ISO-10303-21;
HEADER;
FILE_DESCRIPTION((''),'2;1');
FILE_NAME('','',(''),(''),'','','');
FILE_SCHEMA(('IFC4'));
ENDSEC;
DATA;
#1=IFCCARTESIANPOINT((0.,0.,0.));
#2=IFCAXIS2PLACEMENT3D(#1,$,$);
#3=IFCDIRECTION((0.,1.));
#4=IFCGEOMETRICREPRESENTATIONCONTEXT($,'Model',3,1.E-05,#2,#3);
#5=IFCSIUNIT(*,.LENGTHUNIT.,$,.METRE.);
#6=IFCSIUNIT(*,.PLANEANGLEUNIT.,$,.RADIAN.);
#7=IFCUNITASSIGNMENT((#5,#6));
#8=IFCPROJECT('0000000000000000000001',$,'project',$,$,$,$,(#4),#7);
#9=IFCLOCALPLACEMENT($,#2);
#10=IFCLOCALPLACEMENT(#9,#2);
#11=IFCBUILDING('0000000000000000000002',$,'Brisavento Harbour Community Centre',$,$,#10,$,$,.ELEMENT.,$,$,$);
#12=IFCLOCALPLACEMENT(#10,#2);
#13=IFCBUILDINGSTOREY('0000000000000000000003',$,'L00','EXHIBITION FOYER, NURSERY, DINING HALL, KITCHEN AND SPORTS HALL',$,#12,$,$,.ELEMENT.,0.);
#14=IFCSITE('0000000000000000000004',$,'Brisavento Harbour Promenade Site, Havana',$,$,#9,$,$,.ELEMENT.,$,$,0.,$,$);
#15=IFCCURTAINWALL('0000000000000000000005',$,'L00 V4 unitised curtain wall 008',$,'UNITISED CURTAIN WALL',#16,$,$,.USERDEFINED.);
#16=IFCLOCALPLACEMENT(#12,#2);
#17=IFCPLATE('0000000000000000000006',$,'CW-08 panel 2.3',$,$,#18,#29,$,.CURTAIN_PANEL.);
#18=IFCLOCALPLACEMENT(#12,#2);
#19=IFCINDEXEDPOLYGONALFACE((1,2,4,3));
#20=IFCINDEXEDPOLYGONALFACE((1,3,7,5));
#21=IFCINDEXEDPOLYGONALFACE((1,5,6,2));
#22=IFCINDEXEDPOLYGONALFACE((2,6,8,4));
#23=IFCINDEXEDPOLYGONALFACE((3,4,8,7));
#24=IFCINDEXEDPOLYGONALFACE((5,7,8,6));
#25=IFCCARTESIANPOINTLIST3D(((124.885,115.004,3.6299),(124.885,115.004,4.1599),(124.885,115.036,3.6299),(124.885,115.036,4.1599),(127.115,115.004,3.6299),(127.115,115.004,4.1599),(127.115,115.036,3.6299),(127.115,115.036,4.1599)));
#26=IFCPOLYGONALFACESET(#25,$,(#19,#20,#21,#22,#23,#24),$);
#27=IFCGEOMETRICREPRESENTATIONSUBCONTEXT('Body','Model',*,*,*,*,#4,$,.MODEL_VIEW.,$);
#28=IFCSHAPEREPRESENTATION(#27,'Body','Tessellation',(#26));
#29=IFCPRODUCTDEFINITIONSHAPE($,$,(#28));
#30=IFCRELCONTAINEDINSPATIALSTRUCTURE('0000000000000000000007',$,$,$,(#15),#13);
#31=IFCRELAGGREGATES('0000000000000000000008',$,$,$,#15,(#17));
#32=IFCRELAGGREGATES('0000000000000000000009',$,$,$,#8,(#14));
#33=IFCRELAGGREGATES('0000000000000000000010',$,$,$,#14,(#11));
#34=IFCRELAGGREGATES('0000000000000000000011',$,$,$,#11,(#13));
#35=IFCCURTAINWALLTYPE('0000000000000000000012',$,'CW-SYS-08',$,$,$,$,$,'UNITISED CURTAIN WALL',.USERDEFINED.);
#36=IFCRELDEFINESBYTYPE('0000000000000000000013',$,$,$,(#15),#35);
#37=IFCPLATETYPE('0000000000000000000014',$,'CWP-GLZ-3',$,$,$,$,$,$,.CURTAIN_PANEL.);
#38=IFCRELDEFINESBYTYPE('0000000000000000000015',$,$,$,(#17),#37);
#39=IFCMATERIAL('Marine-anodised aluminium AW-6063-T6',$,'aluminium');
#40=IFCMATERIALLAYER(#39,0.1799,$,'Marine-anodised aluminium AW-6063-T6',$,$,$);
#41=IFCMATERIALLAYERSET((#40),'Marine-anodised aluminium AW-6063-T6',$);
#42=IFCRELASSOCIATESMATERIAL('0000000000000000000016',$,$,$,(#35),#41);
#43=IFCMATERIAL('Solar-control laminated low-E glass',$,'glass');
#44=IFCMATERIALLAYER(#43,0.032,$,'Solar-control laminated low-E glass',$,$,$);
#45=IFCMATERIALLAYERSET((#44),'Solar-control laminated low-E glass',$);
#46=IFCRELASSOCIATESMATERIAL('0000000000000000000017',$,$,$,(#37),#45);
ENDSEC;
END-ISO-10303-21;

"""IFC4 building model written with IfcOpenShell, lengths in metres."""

from ifc_helpers import new_model, si_unit, direction, frame, origin, origin_2d, place, context, subcontext, project, spatial, rectangle, extrude, material, layer, layer_set, type_object, element, aggregate, save


model = new_model("IFC4")

# Units and contexts
model_context = context("Model", 3, precision=1e-05, world=origin(), true_north=direction((0.0, 1.0)))
body_context = subcontext(model_context, "Body", "Model", "MODEL_VIEW")
ifc_project = project(units=[si_unit("LENGTHUNIT", "METRE"), si_unit("PLANEANGLEUNIT", "RADIAN")], contexts=[model_context])

# Site, building, storey
site_placement = place(None, origin())
site = spatial("IfcSite", under=ifc_project, at=site_placement, Name="Brisavento Harbour Promenade Site, Havana", CompositionType="ELEMENT", RefElevation=0.0)
building_placement = place(site_placement, origin())
building = spatial("IfcBuilding", under=site, at=building_placement, Name="Brisavento Harbour Community Centre", CompositionType="ELEMENT")
storey_placement = place(building_placement, origin())
storey = spatial("IfcBuildingStorey", under=building, at=storey_placement, Name="L00", Description="EXHIBITION FOYER, NURSERY, DINING HALL, KITCHEN AND SPORTS HALL", CompositionType="ELEMENT", Elevation=0.0)

# Shared definitions
ifc_material_1 = material(Name="Marine-anodised aluminium AW-6063-T6", Category="aluminium")

# Curtain wall
ifc_layer_1 = layer(ifc_material_1, 0.1799, Name="Marine-anodised aluminium AW-6063-T6")
ifc_layer_set_1 = layer_set([ifc_layer_1], Name="Marine-anodised aluminium AW-6063-T6")
curtain_wall_type_1 = type_object("IfcCurtainWallType", Name="CW-SYS-08", ElementType="UNITISED CURTAIN WALL", PredefinedType="USERDEFINED", material=ifc_layer_set_1)
curtain_wall_1_placement = place(storey_placement, origin())
curtain_wall_1 = element("IfcCurtainWall", 1, at=curtain_wall_1_placement, inside=storey, type_object=curtain_wall_type_1, Name="L00 V4 unitised curtain wall 008", ObjectType="UNITISED CURTAIN WALL", PredefinedType="USERDEFINED")

# Plate
ifc_material_2 = material(Name="Solar-control laminated low-E glass", Category="glass")
ifc_layer_2 = layer(ifc_material_2, 0.032, Name="Solar-control laminated low-E glass")
ifc_layer_set_2 = layer_set([ifc_layer_2], Name="Solar-control laminated low-E glass")
plate_type_1 = type_object("IfcPlateType", Name="CWP-GLZ-3", PredefinedType="CURTAIN_PANEL", material=ifc_layer_set_2)
plate_1_placement = place(storey_placement, frame((126.0, 115.02, 3.6299), z_axis=(0.0, 0.0, 1.0), x_axis=(1.0, 0.0, 0.0)))
plate_1 = element("IfcPlate", 2, at=plate_1_placement, type_object=plate_type_1, Name="CW-08 panel 2.3", PredefinedType="CURTAIN_PANEL", context=body_context, shape_type="SweptSolid", body=[
    extrude(rectangle(XDim=2.23, YDim=0.032, at=origin_2d()), origin(), (0.0, 0.0, 1.0), 0.53),
])
aggregate(curtain_wall_1, [plate_1])

save(model, "model.ifc")
